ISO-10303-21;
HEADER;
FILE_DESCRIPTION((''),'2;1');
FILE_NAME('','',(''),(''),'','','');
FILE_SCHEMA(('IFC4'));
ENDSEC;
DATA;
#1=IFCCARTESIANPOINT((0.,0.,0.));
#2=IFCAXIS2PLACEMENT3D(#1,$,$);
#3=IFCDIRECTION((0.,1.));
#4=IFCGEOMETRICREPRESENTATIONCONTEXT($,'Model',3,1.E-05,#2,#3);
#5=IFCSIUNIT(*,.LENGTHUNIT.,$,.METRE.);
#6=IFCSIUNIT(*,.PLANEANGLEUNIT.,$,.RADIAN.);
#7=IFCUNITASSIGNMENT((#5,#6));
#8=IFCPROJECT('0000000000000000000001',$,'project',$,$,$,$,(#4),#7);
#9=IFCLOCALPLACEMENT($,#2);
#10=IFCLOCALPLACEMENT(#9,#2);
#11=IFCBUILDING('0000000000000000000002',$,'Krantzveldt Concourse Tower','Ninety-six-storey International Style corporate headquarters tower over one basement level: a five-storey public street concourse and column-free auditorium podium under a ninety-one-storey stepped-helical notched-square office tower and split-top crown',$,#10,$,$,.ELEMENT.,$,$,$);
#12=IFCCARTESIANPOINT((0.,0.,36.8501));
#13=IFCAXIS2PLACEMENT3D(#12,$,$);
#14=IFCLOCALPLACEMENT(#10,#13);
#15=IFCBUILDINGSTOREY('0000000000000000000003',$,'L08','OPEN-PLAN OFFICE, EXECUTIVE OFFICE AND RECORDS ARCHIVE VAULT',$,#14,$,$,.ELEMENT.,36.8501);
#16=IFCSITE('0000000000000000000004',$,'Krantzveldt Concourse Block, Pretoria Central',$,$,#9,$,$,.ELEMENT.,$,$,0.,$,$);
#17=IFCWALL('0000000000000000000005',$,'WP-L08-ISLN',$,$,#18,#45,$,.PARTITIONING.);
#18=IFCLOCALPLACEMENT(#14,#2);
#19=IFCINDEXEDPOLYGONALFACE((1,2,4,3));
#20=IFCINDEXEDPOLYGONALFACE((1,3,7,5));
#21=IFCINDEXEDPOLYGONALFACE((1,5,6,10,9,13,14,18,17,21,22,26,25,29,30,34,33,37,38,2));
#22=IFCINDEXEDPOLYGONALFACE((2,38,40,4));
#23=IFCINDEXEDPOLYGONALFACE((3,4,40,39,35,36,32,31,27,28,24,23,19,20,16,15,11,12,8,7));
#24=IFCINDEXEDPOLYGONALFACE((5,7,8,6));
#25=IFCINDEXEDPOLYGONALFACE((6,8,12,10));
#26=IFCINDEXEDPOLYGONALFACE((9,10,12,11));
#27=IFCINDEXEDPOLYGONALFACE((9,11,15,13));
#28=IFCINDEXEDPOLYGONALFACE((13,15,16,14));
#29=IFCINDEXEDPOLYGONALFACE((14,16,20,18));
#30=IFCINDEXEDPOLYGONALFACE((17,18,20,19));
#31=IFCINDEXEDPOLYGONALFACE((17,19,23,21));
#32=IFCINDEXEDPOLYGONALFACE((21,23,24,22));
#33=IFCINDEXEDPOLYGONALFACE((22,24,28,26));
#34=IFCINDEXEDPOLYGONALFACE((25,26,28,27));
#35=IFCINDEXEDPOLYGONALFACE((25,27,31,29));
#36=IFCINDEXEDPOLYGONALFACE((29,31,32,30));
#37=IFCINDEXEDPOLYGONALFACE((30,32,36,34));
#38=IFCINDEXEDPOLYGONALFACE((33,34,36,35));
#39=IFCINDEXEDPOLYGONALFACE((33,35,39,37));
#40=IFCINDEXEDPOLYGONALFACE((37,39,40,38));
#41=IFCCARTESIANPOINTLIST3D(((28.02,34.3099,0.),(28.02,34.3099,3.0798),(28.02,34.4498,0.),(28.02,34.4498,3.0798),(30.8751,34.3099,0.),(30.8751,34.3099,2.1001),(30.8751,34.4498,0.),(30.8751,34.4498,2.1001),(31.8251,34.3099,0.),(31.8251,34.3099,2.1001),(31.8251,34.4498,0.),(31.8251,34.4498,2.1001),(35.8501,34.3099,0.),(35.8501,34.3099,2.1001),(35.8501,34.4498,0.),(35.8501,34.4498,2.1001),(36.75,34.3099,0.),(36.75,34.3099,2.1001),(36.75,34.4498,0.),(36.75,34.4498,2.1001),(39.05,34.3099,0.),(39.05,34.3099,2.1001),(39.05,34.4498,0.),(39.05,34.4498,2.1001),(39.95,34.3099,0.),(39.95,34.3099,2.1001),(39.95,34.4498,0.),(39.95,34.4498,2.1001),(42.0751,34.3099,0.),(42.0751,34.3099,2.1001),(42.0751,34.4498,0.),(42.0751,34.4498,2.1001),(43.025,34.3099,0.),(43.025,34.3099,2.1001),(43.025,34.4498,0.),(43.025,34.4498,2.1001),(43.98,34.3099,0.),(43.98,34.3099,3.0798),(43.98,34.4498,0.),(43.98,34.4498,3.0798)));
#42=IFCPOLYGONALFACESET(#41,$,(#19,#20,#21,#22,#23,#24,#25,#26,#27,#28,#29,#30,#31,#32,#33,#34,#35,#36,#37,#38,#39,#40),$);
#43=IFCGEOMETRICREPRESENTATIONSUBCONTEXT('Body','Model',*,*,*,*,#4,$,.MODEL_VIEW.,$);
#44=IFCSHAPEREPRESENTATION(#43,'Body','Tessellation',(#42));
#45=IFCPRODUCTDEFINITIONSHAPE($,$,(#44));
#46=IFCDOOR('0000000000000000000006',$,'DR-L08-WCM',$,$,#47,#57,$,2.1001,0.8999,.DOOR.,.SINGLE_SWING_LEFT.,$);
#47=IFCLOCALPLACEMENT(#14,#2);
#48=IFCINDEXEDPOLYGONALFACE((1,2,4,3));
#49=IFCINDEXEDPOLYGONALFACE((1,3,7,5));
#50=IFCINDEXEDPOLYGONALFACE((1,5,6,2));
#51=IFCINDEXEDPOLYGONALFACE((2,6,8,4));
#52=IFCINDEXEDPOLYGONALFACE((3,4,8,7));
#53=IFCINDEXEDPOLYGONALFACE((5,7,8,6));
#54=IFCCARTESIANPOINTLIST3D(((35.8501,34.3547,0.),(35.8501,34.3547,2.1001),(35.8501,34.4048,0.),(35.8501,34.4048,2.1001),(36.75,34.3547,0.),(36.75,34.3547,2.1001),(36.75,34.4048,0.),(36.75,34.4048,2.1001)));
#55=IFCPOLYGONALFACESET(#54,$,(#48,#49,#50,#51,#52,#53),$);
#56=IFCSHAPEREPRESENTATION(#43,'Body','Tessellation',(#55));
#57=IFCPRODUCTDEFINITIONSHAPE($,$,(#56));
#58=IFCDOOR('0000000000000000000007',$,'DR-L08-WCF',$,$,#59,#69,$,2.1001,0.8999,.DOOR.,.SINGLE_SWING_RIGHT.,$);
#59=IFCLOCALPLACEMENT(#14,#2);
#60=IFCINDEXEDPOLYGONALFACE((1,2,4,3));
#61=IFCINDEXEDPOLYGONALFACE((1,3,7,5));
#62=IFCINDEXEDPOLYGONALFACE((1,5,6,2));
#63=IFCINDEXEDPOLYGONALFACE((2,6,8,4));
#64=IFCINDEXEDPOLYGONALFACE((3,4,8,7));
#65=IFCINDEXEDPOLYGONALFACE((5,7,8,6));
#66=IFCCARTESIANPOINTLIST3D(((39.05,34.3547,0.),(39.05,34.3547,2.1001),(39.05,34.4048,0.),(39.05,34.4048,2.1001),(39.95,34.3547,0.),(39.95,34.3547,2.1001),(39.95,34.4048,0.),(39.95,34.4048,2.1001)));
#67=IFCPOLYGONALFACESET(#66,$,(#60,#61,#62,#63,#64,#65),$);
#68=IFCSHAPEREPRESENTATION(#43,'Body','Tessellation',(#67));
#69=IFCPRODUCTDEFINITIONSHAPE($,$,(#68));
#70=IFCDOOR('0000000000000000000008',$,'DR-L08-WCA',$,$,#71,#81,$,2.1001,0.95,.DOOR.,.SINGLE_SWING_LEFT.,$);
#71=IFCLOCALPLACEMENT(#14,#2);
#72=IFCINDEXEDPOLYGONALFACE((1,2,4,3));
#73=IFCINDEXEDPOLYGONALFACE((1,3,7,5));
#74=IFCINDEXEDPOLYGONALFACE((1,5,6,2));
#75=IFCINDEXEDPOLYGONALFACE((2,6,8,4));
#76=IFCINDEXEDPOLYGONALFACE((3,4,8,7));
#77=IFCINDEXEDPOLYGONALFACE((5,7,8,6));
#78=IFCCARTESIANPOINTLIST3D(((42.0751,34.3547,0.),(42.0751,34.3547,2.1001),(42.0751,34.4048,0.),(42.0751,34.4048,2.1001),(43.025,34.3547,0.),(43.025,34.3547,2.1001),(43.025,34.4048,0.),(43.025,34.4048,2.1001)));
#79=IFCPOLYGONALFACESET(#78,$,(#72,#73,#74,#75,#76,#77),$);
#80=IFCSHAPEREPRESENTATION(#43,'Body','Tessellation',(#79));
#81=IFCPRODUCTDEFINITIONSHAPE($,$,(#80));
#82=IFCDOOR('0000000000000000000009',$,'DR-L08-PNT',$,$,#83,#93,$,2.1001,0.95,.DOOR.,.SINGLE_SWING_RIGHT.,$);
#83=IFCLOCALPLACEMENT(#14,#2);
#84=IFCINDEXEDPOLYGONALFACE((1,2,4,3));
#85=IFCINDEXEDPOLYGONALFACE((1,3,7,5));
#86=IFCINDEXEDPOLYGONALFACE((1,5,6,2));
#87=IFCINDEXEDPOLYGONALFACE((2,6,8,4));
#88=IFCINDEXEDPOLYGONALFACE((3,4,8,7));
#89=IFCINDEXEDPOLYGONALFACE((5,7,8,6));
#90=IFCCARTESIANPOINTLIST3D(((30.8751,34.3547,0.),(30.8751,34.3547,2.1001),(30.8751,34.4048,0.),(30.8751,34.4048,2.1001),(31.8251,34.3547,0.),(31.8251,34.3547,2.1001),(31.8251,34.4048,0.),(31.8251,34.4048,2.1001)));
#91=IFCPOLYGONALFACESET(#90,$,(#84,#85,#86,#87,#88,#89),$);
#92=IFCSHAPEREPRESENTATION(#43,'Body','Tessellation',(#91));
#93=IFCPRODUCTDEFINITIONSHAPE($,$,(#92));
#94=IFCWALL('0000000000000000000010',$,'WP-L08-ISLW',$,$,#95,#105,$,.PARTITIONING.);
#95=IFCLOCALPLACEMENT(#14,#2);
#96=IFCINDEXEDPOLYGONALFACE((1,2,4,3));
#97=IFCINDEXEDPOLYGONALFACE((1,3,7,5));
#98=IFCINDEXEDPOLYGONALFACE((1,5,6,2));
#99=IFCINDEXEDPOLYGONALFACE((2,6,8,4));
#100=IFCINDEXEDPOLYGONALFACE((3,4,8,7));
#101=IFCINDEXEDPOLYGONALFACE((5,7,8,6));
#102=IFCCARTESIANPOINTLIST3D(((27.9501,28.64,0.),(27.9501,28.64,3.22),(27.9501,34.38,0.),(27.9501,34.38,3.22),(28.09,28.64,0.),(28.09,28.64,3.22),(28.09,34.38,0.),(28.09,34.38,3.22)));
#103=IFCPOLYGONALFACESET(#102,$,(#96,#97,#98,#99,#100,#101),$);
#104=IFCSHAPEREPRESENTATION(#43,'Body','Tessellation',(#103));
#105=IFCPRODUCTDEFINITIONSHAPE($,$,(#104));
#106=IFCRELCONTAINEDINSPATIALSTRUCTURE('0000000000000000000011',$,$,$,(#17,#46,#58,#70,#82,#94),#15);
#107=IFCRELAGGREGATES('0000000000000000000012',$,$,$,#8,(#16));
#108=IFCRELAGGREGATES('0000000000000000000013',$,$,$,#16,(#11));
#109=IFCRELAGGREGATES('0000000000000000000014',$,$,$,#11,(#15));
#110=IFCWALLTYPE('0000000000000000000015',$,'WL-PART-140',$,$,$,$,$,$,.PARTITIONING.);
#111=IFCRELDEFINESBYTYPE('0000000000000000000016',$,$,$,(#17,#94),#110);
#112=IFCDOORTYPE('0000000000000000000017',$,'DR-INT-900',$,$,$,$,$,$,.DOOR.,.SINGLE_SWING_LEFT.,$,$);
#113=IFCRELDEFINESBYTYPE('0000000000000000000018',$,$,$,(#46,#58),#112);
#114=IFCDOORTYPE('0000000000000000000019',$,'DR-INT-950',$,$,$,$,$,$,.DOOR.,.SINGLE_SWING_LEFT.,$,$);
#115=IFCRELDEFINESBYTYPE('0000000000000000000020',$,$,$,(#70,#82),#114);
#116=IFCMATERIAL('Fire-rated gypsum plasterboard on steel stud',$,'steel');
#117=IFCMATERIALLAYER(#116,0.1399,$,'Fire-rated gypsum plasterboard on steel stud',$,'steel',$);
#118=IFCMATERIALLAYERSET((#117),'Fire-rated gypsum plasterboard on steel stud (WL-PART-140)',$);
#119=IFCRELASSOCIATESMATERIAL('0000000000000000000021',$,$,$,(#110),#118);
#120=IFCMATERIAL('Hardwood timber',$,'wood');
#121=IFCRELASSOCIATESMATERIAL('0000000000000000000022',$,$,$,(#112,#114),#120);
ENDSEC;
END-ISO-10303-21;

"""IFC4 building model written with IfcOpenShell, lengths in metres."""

from ifc_helpers import new_model, si_unit, direction, frame, frame_2d, origin, place, context, subcontext, project, spatial, rectangle, extrude, material, layer, layer_set, type_object, element, fill, save


model = new_model("IFC4")

# Units and contexts
model_context = context("Model", 3, precision=1e-05, world=origin(), true_north=direction((0.0, 1.0)))
body_context = subcontext(model_context, "Body", "Model", "MODEL_VIEW")
ifc_project = project(units=[si_unit("LENGTHUNIT", "METRE"), si_unit("PLANEANGLEUNIT", "RADIAN")], contexts=[model_context])

# Site, building, storey
site_placement = place(None, origin())
site = spatial("IfcSite", under=ifc_project, at=site_placement, Name="Krantzveldt Concourse Block, Pretoria Central", CompositionType="ELEMENT", RefElevation=0.0)
building_placement = place(site_placement, origin())
building = spatial("IfcBuilding", under=site, at=building_placement, Name="Krantzveldt Concourse Tower", Description="Ninety-six-storey International Style corporate headquarters tower over one basement level: a five-storey public street concourse and column-free auditorium podium under a ninety-one-storey stepped-helical notched-square office tower and split-top crown", CompositionType="ELEMENT")
storey_placement = place(building_placement, frame((0.0, 0.0, 36.8501)))
storey = spatial("IfcBuildingStorey", under=building, at=storey_placement, Name="L08", Description="OPEN-PLAN OFFICE, EXECUTIVE OFFICE AND RECORDS ARCHIVE VAULT", CompositionType="ELEMENT", Elevation=36.8501)

# Shared definitions
ifc_material_1 = material(Name="Fire-rated gypsum plasterboard on steel stud", Category="steel")

# Shared definitions
ifc_layer_1 = layer(ifc_material_1, 0.1399, Name="Fire-rated gypsum plasterboard on steel stud", Category="steel")
ifc_layer_set_1 = layer_set([ifc_layer_1], Name="Fire-rated gypsum plasterboard on steel stud (WL-PART-140)")
wall_type_1 = type_object("IfcWallType", Name="WL-PART-140", PredefinedType="PARTITIONING", material=ifc_layer_set_1)
ifc_material_2 = material(Name="Hardwood timber", Category="wood")

# Wall, openings, doors
wall_1_placement = place(storey_placement, frame((28.02, 34.3799, 0.0), z_axis=(0.0, 0.0, 1.0), x_axis=(1.0, 0.0, 0.0)))
wall_1 = element("IfcWall", 1, at=wall_1_placement, inside=storey, type_object=wall_type_1, Name="WP-L08-ISLN", PredefinedType="PARTITIONING", context=body_context, shape_type="SweptSolid", body=[
    extrude(rectangle(XDim=15.96, YDim=0.1399, at=frame_2d((7.98, 0.0))), origin(), (0.0, 0.0, 1.0), 3.0798),
])
opening_1_placement = place(wall_1_placement, frame((7.8301, 0.0, 0.0)))
opening_1 = element("IfcOpeningElement", 2, at=opening_1_placement, cuts=wall_1, PredefinedType="OPENING", context=body_context, shape_type="SweptSolid", body=[
    extrude(rectangle(XDim=0.8999, YDim=2.1001, at=frame_2d((0.45, 1.05))), frame((0.0, 0.0801, 0.0), z_axis=(0.0, -1.0, 0.0), x_axis=(1.0, 0.0, 0.0)), (0.0, 0.0, 1.0), 0.1599),
])
opening_2_placement = place(wall_1_placement, frame((11.03, 0.0, 0.0)))
opening_2 = element("IfcOpeningElement", 3, at=opening_2_placement, cuts=wall_1, PredefinedType="OPENING", context=body_context, shape_type="SweptSolid", body=[
    extrude(rectangle(XDim=0.8999, YDim=2.1001, at=frame_2d((0.45, 1.05))), frame((0.0, 0.0801, 0.0), z_axis=(0.0, -1.0, 0.0), x_axis=(1.0, 0.0, 0.0)), (0.0, 0.0, 1.0), 0.1599),
])
opening_3_placement = place(wall_1_placement, frame((14.0549, 0.0, 0.0)))
opening_3 = element("IfcOpeningElement", 4, at=opening_3_placement, cuts=wall_1, PredefinedType="OPENING", context=body_context, shape_type="SweptSolid", body=[
    extrude(rectangle(XDim=0.95, YDim=2.1001, at=frame_2d((0.4751, 1.05))), frame((0.0, 0.0801, 0.0), z_axis=(0.0, -1.0, 0.0), x_axis=(1.0, 0.0, 0.0)), (0.0, 0.0, 1.0), 0.1599),
])
opening_4_placement = place(wall_1_placement, frame((2.855, 0.0, 0.0)))
opening_4 = element("IfcOpeningElement", 5, at=opening_4_placement, cuts=wall_1, PredefinedType="OPENING", context=body_context, shape_type="SweptSolid", body=[
    extrude(rectangle(XDim=0.95, YDim=2.1001, at=frame_2d((0.4751, 1.05))), frame((0.0, 0.0801, 0.0), z_axis=(0.0, -1.0, 0.0), x_axis=(1.0, 0.0, 0.0)), (0.0, 0.0, 1.0), 0.1599),
])
door_type_1 = type_object("IfcDoorType", Name="DR-INT-900", OperationType="SINGLE_SWING_LEFT", PredefinedType="DOOR", material=ifc_material_2)
door_1_placement = place(opening_1_placement, origin())
door_1 = element("IfcDoor", 6, at=door_1_placement, inside=storey, type_object=door_type_1, Name="DR-L08-WCM", OperationType="SINGLE_SWING_LEFT", OverallHeight=2.1001, OverallWidth=0.8999, PredefinedType="DOOR", context=body_context, shape_type="SweptSolid", body=[
    extrude(rectangle(XDim=0.8999, YDim=2.1001, at=frame_2d((0.45, 1.05))), frame((0.0, 0.0249, 0.0), z_axis=(0.0, -1.0, 0.0), x_axis=(1.0, 0.0, 0.0)), (0.0, 0.0, 1.0), 0.05),
])
fill(opening_1, door_1)
door_2_placement = place(opening_2_placement, origin())
door_2 = element("IfcDoor", 7, at=door_2_placement, inside=storey, type_object=door_type_1, Name="DR-L08-WCF", OperationType="SINGLE_SWING_RIGHT", OverallHeight=2.1001, OverallWidth=0.8999, PredefinedType="DOOR", context=body_context, shape_type="SweptSolid", body=[
    extrude(rectangle(XDim=0.8999, YDim=2.1001, at=frame_2d((0.45, 1.05))), frame((0.0, 0.0249, 0.0), z_axis=(0.0, -1.0, 0.0), x_axis=(1.0, 0.0, 0.0)), (0.0, 0.0, 1.0), 0.05),
])
fill(opening_2, door_2)
door_type_2 = type_object("IfcDoorType", Name="DR-INT-950", OperationType="SINGLE_SWING_LEFT", PredefinedType="DOOR", material=ifc_material_2)
door_3_placement = place(opening_3_placement, origin())
door_3 = element("IfcDoor", 8, at=door_3_placement, inside=storey, type_object=door_type_2, Name="DR-L08-WCA", OperationType="SINGLE_SWING_LEFT", OverallHeight=2.1001, OverallWidth=0.95, PredefinedType="DOOR", context=body_context, shape_type="SweptSolid", body=[
    extrude(rectangle(XDim=0.95, YDim=2.1001, at=frame_2d((0.4751, 1.05))), frame((0.0, 0.0249, 0.0), z_axis=(0.0, -1.0, 0.0), x_axis=(1.0, 0.0, 0.0)), (0.0, 0.0, 1.0), 0.05),
])
fill(opening_3, door_3)
door_4_placement = place(opening_4_placement, origin())
door_4 = element("IfcDoor", 9, at=door_4_placement, inside=storey, type_object=door_type_2, Name="DR-L08-PNT", OperationType="SINGLE_SWING_RIGHT", OverallHeight=2.1001, OverallWidth=0.95, PredefinedType="DOOR", context=body_context, shape_type="SweptSolid", body=[
    extrude(rectangle(XDim=0.95, YDim=2.1001, at=frame_2d((0.4751, 1.05))), frame((0.0, 0.0249, 0.0), z_axis=(0.0, -1.0, 0.0), x_axis=(1.0, 0.0, 0.0)), (0.0, 0.0, 1.0), 0.05),
])
fill(opening_4, door_4)

# Wall
wall_2_placement = place(storey_placement, frame((28.02, 28.6399, 0.0), z_axis=(0.0, 0.0, 1.0), x_axis=(0.0, 1.0, 0.0)))
element("IfcWall", 10, at=wall_2_placement, inside=storey, type_object=wall_type_1, Name="WP-L08-ISLW", PredefinedType="PARTITIONING", context=body_context, shape_type="SweptSolid", body=[
    extrude(rectangle(XDim=5.74, YDim=0.1399, at=frame_2d((2.8701, 0.0))), origin(), (0.0, 0.0, 1.0), 3.22),
])

save(model, "model.ifc")
